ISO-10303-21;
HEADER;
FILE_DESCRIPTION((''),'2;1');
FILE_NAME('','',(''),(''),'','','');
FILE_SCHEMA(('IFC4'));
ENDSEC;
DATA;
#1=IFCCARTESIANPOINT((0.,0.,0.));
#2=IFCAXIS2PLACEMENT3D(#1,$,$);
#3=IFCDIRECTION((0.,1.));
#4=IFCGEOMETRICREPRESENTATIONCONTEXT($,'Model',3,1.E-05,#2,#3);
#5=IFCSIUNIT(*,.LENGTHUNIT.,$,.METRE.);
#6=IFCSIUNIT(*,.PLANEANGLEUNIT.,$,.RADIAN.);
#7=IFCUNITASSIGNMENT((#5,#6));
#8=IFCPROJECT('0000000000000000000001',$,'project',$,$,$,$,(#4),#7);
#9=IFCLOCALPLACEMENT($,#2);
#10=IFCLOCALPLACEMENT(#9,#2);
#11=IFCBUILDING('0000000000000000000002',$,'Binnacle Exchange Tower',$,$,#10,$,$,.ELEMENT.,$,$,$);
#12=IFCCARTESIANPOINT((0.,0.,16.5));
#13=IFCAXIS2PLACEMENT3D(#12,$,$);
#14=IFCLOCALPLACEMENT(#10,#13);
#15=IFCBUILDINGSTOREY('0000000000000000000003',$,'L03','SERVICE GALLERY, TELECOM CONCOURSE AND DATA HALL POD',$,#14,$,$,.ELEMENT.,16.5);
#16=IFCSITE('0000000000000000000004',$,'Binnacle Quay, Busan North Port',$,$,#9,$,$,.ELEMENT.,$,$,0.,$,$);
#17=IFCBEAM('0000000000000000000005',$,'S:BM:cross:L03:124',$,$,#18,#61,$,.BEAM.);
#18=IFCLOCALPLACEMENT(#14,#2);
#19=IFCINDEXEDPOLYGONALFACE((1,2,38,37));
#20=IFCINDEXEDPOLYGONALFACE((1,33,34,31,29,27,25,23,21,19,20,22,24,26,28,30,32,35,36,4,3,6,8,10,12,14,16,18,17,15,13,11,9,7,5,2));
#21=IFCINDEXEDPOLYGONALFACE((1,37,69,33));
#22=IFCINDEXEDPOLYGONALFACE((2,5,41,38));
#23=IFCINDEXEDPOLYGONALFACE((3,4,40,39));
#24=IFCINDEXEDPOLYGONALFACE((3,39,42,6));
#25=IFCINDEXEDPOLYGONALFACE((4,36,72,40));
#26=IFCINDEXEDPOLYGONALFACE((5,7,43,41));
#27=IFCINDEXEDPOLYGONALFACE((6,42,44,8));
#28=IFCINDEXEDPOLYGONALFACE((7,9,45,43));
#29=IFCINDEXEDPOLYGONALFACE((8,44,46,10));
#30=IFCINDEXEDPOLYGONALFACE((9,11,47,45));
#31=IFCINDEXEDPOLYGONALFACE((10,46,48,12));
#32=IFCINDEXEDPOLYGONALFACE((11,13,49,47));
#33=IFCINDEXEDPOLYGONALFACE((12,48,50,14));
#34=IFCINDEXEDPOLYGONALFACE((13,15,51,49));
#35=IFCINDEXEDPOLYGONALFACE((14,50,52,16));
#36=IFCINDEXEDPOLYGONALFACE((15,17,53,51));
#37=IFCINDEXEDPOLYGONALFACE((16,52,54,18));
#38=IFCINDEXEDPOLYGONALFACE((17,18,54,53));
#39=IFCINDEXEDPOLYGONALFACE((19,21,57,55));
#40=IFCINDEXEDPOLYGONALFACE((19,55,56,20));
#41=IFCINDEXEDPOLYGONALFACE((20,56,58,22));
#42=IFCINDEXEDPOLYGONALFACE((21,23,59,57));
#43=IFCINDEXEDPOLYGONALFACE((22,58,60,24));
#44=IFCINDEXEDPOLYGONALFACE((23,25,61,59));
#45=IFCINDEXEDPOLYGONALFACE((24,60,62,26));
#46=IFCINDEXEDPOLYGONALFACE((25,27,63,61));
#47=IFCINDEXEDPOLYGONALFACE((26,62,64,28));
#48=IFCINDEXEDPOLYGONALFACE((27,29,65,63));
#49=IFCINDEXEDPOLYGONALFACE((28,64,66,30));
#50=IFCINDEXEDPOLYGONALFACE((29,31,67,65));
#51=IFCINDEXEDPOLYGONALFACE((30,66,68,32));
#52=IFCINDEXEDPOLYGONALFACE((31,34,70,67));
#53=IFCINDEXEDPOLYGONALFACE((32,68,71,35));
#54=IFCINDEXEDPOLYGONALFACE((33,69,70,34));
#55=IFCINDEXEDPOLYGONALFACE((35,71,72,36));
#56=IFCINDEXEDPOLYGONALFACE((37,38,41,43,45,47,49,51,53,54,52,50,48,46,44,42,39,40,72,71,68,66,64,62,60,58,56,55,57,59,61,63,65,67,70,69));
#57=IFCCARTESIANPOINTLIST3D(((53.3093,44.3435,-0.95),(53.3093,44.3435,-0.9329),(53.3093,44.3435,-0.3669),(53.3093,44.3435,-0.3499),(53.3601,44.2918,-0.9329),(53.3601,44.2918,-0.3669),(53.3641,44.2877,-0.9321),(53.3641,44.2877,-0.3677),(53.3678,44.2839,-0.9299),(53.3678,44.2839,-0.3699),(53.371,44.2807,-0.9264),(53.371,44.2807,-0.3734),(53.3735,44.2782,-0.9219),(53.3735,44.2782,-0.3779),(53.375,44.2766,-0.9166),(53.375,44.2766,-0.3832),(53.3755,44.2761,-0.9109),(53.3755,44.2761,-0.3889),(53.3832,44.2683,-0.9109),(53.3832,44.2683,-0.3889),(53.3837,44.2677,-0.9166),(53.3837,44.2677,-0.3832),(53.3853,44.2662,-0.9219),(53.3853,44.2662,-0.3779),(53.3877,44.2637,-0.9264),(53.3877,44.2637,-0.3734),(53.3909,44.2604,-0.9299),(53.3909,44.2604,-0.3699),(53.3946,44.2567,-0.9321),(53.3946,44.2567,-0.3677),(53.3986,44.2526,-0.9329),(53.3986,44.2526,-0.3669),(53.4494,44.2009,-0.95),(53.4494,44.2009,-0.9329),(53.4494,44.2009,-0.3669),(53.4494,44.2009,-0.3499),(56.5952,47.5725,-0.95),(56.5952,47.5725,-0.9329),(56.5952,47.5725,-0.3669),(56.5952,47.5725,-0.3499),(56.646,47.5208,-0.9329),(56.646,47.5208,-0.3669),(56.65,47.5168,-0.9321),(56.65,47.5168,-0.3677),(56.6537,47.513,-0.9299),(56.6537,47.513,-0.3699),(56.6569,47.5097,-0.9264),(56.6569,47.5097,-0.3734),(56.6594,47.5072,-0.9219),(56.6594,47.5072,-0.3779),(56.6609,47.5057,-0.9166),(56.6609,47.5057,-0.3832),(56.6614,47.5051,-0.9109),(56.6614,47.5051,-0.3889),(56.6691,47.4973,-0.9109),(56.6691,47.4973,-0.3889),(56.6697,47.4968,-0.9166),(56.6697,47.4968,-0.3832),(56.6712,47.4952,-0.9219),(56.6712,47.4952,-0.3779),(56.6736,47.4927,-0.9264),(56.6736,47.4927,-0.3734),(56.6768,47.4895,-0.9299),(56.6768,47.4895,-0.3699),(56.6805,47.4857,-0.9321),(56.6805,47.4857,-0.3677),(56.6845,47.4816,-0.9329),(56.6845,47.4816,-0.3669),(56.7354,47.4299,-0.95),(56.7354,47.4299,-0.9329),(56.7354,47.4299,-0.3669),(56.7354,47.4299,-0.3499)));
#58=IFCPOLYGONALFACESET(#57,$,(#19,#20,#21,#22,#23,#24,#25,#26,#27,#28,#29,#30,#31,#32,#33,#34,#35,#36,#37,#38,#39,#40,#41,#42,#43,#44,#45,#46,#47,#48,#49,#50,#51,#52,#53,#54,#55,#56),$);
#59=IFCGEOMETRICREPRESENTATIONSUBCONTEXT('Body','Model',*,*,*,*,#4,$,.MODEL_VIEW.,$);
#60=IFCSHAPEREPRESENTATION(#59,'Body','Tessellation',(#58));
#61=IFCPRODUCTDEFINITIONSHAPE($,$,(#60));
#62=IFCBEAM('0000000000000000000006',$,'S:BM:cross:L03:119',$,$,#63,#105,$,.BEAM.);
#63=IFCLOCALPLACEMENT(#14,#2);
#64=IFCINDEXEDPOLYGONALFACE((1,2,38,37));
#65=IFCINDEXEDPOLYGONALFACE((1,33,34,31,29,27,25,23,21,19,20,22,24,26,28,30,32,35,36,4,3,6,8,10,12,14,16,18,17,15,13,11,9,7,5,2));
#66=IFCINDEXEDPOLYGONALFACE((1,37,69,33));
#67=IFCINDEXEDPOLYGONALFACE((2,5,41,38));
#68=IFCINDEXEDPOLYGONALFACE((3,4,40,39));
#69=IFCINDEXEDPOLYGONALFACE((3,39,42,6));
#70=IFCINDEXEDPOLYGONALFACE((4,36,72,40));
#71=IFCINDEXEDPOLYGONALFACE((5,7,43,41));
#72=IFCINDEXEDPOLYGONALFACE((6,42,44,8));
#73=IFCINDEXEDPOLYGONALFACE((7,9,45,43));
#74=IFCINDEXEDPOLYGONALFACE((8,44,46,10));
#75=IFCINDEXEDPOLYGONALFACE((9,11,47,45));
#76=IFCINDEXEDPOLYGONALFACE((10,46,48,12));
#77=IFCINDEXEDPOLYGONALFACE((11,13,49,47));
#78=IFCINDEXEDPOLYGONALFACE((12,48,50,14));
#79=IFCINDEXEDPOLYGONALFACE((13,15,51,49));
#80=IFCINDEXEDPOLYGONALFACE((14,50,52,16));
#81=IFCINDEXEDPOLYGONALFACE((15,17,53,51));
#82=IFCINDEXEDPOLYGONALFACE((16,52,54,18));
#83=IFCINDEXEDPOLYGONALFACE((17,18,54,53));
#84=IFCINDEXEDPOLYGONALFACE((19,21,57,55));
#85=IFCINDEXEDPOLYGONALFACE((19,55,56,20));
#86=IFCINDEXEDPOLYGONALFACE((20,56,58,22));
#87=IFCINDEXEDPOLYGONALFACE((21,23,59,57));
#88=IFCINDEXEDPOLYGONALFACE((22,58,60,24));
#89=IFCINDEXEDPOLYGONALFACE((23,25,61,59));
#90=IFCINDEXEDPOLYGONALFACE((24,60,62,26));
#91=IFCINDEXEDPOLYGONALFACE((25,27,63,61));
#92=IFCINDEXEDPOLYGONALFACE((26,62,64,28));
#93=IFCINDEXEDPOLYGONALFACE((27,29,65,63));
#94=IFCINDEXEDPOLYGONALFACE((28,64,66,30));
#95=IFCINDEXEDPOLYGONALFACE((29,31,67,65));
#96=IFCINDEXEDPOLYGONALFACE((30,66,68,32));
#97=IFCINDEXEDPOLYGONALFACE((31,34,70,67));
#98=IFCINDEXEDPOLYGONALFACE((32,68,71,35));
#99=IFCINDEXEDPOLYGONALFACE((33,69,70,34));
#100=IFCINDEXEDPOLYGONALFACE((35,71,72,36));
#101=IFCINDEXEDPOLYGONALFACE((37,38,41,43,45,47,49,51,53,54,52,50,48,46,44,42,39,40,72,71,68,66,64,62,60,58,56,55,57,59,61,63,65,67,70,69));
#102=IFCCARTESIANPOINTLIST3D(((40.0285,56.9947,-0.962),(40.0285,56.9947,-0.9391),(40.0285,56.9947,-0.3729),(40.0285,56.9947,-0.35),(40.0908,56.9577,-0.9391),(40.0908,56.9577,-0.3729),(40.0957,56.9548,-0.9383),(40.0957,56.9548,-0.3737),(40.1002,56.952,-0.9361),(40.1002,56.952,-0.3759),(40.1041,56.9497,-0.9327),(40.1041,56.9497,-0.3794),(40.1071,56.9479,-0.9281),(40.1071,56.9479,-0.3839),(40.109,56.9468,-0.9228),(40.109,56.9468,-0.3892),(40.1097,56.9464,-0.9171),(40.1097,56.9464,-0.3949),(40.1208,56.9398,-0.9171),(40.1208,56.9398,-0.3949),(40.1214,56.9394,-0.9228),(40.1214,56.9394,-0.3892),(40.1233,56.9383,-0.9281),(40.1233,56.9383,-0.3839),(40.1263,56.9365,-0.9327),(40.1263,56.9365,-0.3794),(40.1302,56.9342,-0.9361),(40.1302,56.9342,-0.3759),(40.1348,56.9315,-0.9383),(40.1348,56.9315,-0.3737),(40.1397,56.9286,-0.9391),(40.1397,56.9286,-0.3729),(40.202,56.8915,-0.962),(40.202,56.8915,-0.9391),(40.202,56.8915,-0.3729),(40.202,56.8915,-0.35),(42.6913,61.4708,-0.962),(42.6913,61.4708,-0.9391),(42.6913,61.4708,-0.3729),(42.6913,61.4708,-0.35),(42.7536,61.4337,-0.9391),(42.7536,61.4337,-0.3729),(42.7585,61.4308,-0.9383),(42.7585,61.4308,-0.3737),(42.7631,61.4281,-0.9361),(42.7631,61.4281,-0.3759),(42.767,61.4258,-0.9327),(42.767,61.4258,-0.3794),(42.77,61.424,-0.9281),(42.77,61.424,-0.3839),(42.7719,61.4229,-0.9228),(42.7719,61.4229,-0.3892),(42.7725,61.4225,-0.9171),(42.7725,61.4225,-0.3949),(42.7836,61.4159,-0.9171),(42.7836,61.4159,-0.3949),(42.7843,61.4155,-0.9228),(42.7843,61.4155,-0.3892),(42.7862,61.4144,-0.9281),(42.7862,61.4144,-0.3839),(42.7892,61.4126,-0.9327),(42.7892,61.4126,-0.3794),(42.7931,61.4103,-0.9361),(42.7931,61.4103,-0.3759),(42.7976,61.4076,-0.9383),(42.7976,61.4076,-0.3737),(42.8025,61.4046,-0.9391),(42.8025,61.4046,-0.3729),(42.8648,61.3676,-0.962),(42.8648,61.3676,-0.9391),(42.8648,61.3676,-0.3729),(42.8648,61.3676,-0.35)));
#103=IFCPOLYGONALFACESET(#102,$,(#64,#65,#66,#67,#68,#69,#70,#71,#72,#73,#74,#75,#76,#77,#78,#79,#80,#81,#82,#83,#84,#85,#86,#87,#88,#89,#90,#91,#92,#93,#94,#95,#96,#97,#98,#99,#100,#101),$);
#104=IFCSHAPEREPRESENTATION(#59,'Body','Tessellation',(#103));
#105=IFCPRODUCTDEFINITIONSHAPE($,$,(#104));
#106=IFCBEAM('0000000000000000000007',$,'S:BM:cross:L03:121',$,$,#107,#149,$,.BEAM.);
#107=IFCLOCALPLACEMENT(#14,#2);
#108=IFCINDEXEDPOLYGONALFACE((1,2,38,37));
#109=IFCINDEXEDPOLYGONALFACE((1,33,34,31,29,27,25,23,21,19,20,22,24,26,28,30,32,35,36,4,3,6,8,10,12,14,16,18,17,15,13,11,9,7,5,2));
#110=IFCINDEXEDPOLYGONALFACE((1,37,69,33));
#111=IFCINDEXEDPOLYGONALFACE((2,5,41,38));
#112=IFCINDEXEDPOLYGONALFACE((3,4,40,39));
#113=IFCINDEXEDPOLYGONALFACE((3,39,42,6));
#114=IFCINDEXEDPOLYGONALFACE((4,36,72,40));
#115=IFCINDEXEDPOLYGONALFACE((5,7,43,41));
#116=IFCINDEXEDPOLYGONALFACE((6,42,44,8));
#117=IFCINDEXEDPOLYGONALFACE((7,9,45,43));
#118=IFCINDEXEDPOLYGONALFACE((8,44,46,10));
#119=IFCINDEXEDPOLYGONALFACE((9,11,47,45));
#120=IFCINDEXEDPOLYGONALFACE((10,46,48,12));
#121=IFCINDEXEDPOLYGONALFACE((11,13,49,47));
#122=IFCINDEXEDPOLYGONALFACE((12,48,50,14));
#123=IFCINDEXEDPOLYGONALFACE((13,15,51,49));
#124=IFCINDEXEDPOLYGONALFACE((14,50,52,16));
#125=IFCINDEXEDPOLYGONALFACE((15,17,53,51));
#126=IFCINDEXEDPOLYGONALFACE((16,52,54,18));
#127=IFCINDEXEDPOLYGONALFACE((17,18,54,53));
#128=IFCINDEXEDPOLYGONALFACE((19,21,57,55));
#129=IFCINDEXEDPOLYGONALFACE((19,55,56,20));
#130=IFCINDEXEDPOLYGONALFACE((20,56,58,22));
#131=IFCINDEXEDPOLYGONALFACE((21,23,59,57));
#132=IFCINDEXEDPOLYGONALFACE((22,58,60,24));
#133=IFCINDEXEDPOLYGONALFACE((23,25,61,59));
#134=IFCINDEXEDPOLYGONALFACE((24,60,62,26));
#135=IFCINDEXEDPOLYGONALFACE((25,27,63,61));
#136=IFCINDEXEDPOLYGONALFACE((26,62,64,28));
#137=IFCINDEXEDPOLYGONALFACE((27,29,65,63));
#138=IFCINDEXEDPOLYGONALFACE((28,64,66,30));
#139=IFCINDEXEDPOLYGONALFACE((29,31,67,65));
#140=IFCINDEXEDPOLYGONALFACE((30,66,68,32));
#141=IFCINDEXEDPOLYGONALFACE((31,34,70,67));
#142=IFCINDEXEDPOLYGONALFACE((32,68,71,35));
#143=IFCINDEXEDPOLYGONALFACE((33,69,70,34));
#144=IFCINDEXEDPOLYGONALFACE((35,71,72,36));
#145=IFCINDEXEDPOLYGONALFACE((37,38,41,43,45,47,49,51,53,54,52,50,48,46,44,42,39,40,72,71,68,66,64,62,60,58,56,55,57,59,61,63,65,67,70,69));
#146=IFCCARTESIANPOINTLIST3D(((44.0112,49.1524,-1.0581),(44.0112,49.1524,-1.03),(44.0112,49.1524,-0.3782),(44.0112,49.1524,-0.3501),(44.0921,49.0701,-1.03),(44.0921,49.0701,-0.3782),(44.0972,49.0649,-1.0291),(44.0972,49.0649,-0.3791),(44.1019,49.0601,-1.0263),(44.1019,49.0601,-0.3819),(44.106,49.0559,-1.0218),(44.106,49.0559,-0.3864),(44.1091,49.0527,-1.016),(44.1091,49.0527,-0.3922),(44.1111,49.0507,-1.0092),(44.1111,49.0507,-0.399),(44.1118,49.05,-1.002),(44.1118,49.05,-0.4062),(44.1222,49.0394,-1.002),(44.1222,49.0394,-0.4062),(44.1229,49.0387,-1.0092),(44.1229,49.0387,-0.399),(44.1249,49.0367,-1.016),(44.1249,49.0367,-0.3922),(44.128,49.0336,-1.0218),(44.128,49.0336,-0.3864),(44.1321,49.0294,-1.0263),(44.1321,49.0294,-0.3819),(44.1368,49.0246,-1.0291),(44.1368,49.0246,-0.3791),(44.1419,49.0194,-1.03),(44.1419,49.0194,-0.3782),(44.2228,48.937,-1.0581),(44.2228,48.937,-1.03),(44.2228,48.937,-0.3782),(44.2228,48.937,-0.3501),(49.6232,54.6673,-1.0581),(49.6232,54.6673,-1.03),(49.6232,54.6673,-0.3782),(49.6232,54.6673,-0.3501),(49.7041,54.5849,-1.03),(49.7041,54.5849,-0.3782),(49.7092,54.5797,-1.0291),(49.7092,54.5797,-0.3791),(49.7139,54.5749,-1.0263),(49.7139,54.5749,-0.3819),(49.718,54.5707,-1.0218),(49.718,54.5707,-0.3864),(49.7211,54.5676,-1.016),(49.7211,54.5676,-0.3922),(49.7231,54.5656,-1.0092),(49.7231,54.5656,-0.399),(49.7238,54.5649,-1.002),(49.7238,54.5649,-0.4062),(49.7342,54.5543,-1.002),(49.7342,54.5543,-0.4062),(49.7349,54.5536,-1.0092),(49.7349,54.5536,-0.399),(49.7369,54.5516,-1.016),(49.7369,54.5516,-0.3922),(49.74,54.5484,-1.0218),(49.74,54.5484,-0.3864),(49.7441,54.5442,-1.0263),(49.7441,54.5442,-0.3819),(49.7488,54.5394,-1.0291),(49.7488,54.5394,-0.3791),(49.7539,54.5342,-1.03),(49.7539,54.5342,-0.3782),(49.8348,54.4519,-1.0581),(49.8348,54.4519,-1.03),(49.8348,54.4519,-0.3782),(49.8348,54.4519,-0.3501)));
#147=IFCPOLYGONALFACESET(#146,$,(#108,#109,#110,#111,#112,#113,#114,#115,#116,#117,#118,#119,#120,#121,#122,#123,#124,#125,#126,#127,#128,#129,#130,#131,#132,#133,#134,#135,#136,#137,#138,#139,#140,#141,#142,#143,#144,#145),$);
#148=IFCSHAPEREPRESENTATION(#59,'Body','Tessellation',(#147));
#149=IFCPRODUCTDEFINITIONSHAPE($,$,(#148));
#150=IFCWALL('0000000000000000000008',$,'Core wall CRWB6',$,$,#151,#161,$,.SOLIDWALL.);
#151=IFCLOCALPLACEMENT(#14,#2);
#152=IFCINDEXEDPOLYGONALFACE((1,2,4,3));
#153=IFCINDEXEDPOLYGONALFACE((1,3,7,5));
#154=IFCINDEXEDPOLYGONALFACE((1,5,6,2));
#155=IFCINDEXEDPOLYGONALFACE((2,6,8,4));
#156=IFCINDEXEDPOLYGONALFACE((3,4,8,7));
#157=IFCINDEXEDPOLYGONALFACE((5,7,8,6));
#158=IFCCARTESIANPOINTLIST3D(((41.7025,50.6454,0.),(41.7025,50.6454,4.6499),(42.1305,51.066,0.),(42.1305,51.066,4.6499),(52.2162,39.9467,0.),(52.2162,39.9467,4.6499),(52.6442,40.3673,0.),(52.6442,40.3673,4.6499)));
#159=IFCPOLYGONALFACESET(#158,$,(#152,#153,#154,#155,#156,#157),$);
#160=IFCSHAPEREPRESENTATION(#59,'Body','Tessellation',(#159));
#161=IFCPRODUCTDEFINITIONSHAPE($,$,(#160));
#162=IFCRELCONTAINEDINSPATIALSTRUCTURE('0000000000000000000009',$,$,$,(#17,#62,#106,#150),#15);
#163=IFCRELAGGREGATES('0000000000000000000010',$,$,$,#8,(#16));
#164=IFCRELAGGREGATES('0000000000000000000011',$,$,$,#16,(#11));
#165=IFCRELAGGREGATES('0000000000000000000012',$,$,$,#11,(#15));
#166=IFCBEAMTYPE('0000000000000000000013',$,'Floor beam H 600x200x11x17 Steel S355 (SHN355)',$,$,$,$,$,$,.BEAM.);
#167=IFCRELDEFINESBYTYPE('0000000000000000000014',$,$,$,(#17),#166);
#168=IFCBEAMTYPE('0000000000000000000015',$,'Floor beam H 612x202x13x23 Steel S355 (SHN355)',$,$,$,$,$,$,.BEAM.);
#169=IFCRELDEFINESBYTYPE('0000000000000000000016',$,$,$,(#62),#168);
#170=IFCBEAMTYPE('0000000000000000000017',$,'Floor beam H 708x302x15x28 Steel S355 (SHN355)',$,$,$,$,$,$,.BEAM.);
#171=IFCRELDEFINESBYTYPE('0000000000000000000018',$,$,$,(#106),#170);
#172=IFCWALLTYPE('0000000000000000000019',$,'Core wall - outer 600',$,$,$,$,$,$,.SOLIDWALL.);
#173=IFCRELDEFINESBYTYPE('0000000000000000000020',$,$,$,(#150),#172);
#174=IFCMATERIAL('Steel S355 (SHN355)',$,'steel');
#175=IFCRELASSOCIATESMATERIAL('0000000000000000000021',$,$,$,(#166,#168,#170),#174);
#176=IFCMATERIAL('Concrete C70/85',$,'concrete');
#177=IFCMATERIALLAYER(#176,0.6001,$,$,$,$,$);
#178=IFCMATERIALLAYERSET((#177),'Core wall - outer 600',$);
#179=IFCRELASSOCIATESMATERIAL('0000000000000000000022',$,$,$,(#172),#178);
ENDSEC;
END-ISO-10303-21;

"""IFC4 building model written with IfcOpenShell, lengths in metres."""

from ifc_helpers import new_model, si_unit, direction, frame, frame_2d, origin, origin_2d, place, context, subcontext, project, spatial, rectangle, i_section, extrude, material, layer, layer_set, material_profile, profile_set, type_object, element, save


model = new_model("IFC4")

# Units and contexts
model_context = context("Model", 3, precision=1e-05, world=origin(), true_north=direction((0.0, 1.0)))
body_context = subcontext(model_context, "Body", "Model", "MODEL_VIEW")
ifc_project = project(units=[si_unit("LENGTHUNIT", "METRE"), si_unit("PLANEANGLEUNIT", "RADIAN")], contexts=[model_context])

# Site, building, storey
site_placement = place(None, origin())
site = spatial("IfcSite", under=ifc_project, at=site_placement, Name="Binnacle Quay, Busan North Port", CompositionType="ELEMENT", RefElevation=0.0)
building_placement = place(site_placement, origin())
building = spatial("IfcBuilding", under=site, at=building_placement, Name="Binnacle Exchange Tower", CompositionType="ELEMENT")
storey_placement = place(building_placement, frame((0.0, 0.0, 16.5)))
storey = spatial("IfcBuildingStorey", under=building, at=storey_placement, Name="L03", Description="SERVICE GALLERY, TELECOM CONCOURSE AND DATA HALL POD", CompositionType="ELEMENT", Elevation=16.5)

# Shared definitions
ifc_material_1 = material(Name="Concrete C70/85", Category="concrete")

# Beams
ifc_material_2 = material(Name="Steel S355 (SHN355)", Category="steel")
ifc_material_profile_1 = material_profile(ifc_material_2, i_section(OverallWidth=0.2, OverallDepth=0.6001, WebThickness=0.011, FlangeThickness=0.0171, FilletRadius=0.022, at=origin_2d()), Name="H 600x200x11x17")
ifc_profile_set_1 = profile_set([ifc_material_profile_1], Name="Steel S355 (SHN355)")
beam_type_1 = type_object("IfcBeamType", Name="Floor beam H 600x200x11x17 Steel S355 (SHN355)", PredefinedType="BEAM", material=ifc_profile_set_1)
beam_1_placement = place(storey_placement, frame((56.6653, 47.5012, -0.6499), z_axis=(-0.713254, -0.700906, 0.0), x_axis=(0.700906, -0.713254, 0.0)))
element("IfcBeam", 1, at=beam_1_placement, inside=storey, type_object=beam_type_1, Name="S:BM:cross:L03:124", PredefinedType="BEAM", context=body_context, shape_type="SweptSolid", body=[
    extrude(i_section(OverallWidth=0.2, OverallDepth=0.6001, WebThickness=0.011, FlangeThickness=0.0171, FilletRadius=0.022, at=origin_2d()), origin(), (0.0, 0.0, 1.0), 4.6069),
])
ifc_material_profile_2 = material_profile(ifc_material_2, i_section(OverallWidth=0.2019, OverallDepth=0.6121, WebThickness=0.0129, FlangeThickness=0.0229, FilletRadius=0.022, at=origin_2d()), Name="H 612x202x13x23")
ifc_profile_set_2 = profile_set([ifc_material_profile_2], Name="Steel S355 (SHN355)")
beam_type_2 = type_object("IfcBeamType", Name="Floor beam H 612x202x13x23 Steel S355 (SHN355)", PredefinedType="BEAM", material=ifc_profile_set_2)
beam_2_placement = place(storey_placement, frame((42.7781, 61.4192, -0.656), z_axis=(-0.511273, -0.859418, 0.0), x_axis=(0.859418, -0.511273, 0.0)))
element("IfcBeam", 2, at=beam_2_placement, inside=storey, type_object=beam_type_2, Name="S:BM:cross:L03:119", PredefinedType="BEAM", context=body_context, shape_type="SweptSolid", body=[
    extrude(i_section(OverallWidth=0.2019, OverallDepth=0.6121, WebThickness=0.0129, FlangeThickness=0.0229, FilletRadius=0.022, at=origin_2d()), origin(), (0.0, 0.0, 1.0), 5.2083),
])
ifc_material_profile_3 = material_profile(ifc_material_2, i_section(OverallWidth=0.302, OverallDepth=0.708, WebThickness=0.0149, FlangeThickness=0.0281, FilletRadius=0.0281, at=origin_2d()), Name="H 708x302x15x28")
ifc_profile_set_3 = profile_set([ifc_material_profile_3], Name="Steel S355 (SHN355)")
beam_type_3 = type_object("IfcBeamType", Name="Floor beam H 708x302x15x28 Steel S355 (SHN355)", PredefinedType="BEAM", material=ifc_profile_set_3)
beam_3_placement = place(storey_placement, frame((49.729, 54.5596, -0.7041), z_axis=(-0.713255, -0.700905, 0.0), x_axis=(0.700905, -0.713255, 0.0)))
element("IfcBeam", 3, at=beam_3_placement, inside=storey, type_object=beam_type_3, Name="S:BM:cross:L03:121", PredefinedType="BEAM", context=body_context, shape_type="SweptSolid", body=[
    extrude(i_section(OverallWidth=0.302, OverallDepth=0.708, WebThickness=0.0149, FlangeThickness=0.0281, FilletRadius=0.0281, at=origin_2d()), origin(), (0.0, 0.0, 1.0), 7.8682),
])

# Wall
ifc_layer_1 = layer(ifc_material_1, 0.6001)
ifc_layer_set_1 = layer_set([ifc_layer_1], Name="Core wall - outer 600")
wall_type_1 = type_object("IfcWallType", Name="Core wall - outer 600", PredefinedType="SOLIDWALL", material=ifc_layer_set_1)
wall_1_placement = place(storey_placement, frame((41.9165, 50.8557, 0.0), z_axis=(0.0, 0.0, 1.0), x_axis=(0.700911, -0.713248, 0.0)))
element("IfcWall", 4, at=wall_1_placement, inside=storey, type_object=wall_type_1, Name="Core wall CRWB6", PredefinedType="SOLIDWALL", context=body_context, shape_type="SweptSolid", body=[
    extrude(rectangle(XDim=15.0, YDim=0.6001, at=frame_2d((7.5, 0.0))), origin(), (0.0, 0.0, 1.0), 4.6499),
])

save(model, "model.ifc")
